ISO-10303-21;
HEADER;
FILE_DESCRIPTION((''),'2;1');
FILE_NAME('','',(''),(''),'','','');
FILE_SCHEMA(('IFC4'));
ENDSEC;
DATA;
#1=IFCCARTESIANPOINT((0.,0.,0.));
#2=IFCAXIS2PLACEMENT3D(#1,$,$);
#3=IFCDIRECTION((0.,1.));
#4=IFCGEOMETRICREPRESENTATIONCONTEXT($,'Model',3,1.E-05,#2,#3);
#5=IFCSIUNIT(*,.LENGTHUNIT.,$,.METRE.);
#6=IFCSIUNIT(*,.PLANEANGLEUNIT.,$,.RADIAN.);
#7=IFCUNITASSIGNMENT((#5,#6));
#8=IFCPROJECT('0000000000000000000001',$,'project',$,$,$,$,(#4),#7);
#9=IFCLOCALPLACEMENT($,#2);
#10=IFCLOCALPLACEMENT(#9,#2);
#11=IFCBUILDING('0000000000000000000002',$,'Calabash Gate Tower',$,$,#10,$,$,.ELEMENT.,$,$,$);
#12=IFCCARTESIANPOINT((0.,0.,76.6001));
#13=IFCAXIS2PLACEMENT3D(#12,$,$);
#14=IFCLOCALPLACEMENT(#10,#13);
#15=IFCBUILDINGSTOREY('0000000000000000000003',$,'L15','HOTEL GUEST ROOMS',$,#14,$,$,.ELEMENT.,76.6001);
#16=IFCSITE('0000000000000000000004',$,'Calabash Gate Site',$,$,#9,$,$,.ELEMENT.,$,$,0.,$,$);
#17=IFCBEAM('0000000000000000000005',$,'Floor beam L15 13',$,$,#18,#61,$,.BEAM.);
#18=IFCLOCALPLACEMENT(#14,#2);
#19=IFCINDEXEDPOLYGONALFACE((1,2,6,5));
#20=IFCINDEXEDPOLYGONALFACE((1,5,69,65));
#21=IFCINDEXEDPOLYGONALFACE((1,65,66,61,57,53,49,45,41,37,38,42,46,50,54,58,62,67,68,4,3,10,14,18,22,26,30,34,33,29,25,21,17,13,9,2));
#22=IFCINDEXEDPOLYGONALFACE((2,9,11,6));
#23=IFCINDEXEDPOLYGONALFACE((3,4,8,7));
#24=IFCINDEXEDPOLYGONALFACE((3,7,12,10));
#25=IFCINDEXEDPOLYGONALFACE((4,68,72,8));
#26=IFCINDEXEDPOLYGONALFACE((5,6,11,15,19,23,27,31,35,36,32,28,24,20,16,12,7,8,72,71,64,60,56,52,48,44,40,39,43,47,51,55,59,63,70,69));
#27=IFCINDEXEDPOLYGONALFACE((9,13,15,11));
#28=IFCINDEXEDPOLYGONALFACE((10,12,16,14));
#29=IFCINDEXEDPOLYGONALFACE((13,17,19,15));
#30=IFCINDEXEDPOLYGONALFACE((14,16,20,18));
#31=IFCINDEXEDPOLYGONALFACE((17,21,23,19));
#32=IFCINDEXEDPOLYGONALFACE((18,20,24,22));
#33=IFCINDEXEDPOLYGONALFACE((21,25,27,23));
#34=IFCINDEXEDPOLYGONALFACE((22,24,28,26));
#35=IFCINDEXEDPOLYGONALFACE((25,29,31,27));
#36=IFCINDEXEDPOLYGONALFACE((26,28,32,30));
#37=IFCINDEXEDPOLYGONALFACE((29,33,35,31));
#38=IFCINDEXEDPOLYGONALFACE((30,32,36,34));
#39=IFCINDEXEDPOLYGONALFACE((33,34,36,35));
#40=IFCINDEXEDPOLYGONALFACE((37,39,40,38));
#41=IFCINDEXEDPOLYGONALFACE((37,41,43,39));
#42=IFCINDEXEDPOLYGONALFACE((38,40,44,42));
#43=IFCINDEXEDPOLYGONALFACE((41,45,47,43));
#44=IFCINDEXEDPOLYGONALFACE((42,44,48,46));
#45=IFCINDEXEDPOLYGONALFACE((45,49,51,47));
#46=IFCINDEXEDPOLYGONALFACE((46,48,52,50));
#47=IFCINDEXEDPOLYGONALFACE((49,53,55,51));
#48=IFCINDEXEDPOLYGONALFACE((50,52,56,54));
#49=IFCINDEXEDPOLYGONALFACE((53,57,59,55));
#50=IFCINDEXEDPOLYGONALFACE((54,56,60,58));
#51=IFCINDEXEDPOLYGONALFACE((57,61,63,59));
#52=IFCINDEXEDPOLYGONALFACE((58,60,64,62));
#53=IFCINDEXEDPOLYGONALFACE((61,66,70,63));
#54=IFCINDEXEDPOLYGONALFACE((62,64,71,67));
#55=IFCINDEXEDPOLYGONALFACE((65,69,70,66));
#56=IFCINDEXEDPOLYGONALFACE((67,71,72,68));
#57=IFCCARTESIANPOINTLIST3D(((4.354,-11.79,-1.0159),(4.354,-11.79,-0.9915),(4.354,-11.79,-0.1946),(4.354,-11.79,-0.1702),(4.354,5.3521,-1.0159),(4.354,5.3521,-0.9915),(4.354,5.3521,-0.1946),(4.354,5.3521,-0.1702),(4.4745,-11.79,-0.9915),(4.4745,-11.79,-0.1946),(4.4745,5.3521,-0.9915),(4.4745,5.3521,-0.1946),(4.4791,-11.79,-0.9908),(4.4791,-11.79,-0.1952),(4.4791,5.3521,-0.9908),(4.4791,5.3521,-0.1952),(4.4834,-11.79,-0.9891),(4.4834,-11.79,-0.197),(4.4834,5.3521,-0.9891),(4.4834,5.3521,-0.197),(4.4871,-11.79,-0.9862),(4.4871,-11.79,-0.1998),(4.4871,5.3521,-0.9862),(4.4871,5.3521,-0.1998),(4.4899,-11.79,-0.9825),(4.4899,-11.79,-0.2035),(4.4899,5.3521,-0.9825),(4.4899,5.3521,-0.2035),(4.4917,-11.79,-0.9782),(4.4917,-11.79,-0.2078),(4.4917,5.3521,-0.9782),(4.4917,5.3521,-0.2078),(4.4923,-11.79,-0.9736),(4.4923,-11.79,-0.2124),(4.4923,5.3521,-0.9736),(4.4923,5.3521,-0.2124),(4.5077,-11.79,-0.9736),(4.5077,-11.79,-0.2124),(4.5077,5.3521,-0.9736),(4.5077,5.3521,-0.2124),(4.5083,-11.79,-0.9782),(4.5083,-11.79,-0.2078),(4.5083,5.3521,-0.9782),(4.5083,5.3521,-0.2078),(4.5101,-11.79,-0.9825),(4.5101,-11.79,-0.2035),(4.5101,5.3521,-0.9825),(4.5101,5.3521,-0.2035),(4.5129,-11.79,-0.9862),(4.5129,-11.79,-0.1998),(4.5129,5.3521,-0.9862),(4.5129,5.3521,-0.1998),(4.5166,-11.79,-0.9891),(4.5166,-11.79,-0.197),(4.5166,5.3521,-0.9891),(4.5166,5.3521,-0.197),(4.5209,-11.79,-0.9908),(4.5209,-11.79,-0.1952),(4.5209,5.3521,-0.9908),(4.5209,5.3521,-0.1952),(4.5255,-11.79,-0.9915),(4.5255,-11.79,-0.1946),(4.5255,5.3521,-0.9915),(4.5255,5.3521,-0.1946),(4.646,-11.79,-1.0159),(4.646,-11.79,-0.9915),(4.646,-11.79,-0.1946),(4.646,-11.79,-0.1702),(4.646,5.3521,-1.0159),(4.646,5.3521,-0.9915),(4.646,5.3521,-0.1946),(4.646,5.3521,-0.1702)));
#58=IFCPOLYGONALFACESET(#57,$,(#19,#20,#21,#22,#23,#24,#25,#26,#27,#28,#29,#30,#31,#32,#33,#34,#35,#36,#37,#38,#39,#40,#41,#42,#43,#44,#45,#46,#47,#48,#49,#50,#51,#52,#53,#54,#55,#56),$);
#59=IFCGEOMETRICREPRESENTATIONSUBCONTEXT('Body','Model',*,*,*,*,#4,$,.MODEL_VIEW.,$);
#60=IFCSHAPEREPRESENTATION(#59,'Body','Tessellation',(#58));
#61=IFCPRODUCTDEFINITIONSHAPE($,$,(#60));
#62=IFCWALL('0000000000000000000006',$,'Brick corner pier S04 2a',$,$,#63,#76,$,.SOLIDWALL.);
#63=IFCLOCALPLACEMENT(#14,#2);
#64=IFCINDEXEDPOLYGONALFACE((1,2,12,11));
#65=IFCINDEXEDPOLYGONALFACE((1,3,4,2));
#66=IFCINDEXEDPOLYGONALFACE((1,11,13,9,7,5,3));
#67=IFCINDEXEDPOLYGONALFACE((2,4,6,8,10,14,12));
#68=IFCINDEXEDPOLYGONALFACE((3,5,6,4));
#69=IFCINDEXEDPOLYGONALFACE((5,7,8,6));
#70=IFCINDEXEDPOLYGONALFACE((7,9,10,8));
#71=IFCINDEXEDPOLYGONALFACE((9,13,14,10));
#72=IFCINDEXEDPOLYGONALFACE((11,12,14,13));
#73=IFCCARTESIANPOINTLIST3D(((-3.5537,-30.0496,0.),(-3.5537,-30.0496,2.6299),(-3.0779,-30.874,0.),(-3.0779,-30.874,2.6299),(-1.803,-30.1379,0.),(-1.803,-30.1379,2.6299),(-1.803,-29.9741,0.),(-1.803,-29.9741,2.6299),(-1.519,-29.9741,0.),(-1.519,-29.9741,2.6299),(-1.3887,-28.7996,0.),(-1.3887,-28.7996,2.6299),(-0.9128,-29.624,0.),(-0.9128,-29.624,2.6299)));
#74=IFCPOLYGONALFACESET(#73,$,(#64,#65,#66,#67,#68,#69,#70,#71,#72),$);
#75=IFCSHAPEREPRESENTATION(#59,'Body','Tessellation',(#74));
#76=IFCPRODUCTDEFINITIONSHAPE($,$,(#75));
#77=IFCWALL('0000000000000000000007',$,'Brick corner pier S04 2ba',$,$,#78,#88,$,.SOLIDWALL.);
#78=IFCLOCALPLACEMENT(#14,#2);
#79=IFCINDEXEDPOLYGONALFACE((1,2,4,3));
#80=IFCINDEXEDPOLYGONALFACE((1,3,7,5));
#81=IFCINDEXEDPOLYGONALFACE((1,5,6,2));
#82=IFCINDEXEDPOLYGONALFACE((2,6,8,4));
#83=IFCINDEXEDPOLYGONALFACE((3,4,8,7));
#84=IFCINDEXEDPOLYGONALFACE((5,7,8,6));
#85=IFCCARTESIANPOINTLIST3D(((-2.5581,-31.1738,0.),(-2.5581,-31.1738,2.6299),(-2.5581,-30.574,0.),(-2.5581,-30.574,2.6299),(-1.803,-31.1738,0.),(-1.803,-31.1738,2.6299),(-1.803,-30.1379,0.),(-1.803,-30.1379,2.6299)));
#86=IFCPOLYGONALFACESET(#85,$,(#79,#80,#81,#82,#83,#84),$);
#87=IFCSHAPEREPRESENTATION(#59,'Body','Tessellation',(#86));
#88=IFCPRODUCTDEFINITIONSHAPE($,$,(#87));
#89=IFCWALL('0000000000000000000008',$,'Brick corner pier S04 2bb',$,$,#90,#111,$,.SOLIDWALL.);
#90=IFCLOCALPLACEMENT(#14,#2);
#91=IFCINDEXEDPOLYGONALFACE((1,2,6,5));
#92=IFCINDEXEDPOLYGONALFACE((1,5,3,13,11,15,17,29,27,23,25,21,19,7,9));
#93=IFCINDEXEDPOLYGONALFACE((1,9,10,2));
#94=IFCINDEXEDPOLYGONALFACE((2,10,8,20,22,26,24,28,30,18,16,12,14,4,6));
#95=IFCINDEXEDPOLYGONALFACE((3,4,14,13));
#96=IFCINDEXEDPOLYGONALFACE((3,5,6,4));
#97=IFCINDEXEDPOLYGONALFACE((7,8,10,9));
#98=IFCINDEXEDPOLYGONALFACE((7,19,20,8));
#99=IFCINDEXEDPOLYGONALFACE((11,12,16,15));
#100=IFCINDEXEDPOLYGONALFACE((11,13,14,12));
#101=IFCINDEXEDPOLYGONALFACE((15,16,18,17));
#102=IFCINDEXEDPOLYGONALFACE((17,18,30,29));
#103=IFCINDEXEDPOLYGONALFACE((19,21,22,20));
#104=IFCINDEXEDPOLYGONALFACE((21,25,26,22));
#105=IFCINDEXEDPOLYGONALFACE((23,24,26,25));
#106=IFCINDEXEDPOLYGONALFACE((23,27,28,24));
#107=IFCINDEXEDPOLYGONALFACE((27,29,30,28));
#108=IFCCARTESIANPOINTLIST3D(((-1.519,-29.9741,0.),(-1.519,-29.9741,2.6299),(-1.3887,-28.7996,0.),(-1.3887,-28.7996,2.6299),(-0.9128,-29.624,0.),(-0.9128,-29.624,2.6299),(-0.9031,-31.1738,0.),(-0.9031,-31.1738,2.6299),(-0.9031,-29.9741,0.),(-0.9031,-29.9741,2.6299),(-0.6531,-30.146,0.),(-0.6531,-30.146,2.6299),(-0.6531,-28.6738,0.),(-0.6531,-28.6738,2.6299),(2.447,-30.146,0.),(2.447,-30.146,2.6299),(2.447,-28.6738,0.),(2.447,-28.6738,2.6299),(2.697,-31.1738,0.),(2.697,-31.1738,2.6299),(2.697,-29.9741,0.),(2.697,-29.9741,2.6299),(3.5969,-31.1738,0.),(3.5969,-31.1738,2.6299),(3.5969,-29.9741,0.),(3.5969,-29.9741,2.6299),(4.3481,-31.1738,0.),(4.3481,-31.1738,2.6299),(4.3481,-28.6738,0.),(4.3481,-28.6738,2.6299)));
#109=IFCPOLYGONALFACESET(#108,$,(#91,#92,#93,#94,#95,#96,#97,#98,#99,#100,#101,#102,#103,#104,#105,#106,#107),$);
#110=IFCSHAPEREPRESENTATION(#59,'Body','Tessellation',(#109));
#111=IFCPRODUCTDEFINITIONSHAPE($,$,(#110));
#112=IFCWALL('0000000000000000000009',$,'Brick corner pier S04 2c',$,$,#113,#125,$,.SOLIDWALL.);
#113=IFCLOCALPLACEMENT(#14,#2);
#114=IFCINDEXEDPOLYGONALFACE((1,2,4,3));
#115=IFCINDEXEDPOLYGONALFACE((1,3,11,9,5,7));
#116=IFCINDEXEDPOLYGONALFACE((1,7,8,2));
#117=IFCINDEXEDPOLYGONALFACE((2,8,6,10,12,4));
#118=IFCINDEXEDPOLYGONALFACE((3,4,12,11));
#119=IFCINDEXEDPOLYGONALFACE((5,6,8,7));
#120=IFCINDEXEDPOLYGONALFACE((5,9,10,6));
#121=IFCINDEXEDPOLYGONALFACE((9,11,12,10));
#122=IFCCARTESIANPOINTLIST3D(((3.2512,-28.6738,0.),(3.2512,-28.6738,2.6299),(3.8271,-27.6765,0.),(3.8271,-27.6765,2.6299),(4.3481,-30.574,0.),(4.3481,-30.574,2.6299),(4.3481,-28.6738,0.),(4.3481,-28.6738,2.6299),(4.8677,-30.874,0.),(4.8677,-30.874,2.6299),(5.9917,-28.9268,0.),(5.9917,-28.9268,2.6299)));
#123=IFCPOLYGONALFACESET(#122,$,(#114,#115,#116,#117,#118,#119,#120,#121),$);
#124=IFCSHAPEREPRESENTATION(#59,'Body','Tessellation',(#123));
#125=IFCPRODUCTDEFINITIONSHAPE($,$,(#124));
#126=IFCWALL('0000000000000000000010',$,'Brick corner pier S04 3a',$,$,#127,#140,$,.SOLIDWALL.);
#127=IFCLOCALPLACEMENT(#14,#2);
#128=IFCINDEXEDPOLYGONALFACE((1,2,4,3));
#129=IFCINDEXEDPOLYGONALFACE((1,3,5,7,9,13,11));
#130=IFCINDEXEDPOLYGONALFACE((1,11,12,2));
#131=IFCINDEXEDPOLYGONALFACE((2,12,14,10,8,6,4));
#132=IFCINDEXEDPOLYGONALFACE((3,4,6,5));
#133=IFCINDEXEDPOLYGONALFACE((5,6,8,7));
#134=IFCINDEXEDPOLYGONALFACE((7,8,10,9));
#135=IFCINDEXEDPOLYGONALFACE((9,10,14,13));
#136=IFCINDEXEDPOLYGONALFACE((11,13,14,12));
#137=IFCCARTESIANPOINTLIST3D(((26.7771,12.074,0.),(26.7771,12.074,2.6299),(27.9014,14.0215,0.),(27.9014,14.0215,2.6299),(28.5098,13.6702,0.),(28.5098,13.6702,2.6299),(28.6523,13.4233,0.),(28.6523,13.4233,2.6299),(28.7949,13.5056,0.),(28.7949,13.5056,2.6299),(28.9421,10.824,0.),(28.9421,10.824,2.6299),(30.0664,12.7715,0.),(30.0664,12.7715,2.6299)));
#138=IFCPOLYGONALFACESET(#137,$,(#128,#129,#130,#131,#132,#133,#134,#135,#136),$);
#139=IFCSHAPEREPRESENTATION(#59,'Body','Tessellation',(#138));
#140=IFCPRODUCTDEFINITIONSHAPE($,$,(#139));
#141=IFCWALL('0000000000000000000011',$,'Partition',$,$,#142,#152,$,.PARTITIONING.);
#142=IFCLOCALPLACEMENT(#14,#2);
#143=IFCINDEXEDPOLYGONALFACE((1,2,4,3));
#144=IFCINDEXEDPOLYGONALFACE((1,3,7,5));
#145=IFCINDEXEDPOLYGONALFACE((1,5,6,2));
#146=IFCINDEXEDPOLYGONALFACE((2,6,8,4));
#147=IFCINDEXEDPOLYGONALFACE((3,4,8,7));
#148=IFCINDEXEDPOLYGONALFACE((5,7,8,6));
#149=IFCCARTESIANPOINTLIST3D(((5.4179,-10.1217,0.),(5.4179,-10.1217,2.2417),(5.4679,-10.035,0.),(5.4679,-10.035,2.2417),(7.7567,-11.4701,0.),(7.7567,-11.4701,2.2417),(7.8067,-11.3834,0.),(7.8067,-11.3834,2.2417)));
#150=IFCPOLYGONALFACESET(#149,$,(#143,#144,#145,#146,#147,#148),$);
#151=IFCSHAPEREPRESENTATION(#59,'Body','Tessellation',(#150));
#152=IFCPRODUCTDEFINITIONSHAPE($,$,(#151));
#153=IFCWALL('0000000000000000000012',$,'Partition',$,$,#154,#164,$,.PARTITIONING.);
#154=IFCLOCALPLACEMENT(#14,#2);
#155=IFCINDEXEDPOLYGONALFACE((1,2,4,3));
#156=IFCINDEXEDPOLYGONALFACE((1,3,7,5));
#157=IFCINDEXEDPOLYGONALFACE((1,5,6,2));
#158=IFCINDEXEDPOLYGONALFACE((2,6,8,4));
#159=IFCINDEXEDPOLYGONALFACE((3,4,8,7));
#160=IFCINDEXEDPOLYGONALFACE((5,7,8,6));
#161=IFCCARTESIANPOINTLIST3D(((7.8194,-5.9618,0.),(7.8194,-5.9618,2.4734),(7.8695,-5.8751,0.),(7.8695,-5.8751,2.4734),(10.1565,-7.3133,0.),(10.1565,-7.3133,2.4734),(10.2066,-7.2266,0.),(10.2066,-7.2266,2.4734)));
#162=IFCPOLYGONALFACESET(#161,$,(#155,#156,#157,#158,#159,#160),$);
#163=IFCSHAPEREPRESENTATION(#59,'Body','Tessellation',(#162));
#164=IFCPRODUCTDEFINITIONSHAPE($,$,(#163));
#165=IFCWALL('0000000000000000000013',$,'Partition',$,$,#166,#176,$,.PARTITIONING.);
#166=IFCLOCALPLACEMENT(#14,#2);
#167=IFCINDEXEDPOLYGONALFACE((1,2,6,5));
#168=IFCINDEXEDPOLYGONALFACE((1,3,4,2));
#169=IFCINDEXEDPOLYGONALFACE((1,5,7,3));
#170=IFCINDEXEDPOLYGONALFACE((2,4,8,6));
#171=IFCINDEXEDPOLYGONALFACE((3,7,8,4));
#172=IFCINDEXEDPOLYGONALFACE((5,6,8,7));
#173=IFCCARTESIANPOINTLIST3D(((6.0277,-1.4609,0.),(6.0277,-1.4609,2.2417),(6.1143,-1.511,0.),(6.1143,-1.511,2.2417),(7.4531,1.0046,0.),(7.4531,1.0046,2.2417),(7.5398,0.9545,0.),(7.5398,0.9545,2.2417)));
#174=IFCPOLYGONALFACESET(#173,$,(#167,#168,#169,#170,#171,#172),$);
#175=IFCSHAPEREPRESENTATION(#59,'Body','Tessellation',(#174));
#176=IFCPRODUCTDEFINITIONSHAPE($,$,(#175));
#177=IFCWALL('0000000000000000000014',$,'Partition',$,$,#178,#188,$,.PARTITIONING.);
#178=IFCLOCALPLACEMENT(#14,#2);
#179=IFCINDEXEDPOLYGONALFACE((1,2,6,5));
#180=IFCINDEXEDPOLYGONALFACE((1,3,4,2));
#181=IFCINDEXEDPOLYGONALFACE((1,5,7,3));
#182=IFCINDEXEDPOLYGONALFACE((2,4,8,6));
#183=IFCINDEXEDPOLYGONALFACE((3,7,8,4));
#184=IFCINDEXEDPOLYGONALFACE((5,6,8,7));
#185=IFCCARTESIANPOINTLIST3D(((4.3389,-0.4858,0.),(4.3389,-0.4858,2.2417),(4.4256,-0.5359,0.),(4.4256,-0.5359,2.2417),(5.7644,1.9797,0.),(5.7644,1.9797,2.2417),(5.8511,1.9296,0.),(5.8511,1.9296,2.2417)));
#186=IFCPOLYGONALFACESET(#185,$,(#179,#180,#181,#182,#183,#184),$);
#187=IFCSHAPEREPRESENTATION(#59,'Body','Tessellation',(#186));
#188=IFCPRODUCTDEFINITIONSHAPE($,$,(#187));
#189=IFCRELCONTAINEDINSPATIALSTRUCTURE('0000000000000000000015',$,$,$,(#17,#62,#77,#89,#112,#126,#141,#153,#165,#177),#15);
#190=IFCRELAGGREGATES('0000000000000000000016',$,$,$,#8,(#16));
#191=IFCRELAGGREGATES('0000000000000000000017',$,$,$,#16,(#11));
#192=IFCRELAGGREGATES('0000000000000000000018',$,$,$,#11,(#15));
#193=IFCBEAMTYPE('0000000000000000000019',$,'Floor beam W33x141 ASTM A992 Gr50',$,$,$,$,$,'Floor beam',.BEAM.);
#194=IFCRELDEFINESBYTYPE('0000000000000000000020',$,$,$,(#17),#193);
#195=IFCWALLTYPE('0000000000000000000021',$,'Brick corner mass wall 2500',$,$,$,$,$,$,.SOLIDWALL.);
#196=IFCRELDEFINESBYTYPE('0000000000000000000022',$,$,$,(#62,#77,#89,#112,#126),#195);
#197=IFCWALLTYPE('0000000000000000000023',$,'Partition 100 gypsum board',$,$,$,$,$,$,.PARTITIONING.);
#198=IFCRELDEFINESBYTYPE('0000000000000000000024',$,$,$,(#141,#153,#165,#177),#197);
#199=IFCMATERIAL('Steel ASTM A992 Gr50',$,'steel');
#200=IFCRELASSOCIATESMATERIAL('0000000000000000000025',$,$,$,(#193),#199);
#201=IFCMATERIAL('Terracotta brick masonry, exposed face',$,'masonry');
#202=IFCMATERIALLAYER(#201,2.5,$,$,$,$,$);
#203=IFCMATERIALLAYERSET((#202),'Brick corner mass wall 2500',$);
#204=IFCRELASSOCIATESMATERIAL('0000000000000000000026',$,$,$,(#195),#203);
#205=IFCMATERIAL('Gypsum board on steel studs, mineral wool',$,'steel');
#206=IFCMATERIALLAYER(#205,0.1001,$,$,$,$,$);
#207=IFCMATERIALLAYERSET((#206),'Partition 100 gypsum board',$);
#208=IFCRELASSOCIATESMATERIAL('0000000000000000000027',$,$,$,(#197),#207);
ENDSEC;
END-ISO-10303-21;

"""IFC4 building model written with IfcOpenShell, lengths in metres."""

from ifc_helpers import new_model, si_unit, direction, frame, frame_2d, origin, origin_2d, place, context, subcontext, project, spatial, polyline, rectangle, i_section, outline, extrude, material, layer, layer_set, material_profile, profile_set, type_object, element, save


model = new_model("IFC4")

# Units and contexts
model_context = context("Model", 3, precision=1e-05, world=origin(), true_north=direction((0.0, 1.0)))
body_context = subcontext(model_context, "Body", "Model", "MODEL_VIEW")
ifc_project = project(units=[si_unit("LENGTHUNIT", "METRE"), si_unit("PLANEANGLEUNIT", "RADIAN")], contexts=[model_context])

# Site, building, storey
site_placement = place(None, origin())
site = spatial("IfcSite", under=ifc_project, at=site_placement, Name="Calabash Gate Site", CompositionType="ELEMENT", RefElevation=0.0)
building_placement = place(site_placement, origin())
building = spatial("IfcBuilding", under=site, at=building_placement, Name="Calabash Gate Tower", CompositionType="ELEMENT")
storey_placement = place(building_placement, frame((0.0, 0.0, 76.6001)))
storey = spatial("IfcBuildingStorey", under=building, at=storey_placement, Name="L15", Description="HOTEL GUEST ROOMS", CompositionType="ELEMENT", Elevation=76.6001)

# Beam
ifc_material_1 = material(Name="Steel ASTM A992 Gr50", Category="steel")
ifc_material_profile = material_profile(ifc_material_1, i_section(OverallWidth=0.292, OverallDepth=0.8457, WebThickness=0.0154, FlangeThickness=0.0244, FilletRadius=0.0178, at=origin_2d()))
ifc_profile_set = profile_set([ifc_material_profile], Name="Steel ASTM A992 Gr50")
beam_type = type_object("IfcBeamType", Name="Floor beam W33x141 ASTM A992 Gr50", ElementType="Floor beam", PredefinedType="BEAM", material=ifc_profile_set)
beam_placement = place(storey_placement, frame((4.5, -11.79, -0.593), z_axis=(0.0, 1.0, 0.0), x_axis=(-1.0, 0.0, 0.0)))
element("IfcBeam", 1, at=beam_placement, inside=storey, type_object=beam_type, Name="Floor beam L15 13", PredefinedType="BEAM", context=body_context, shape_type="SweptSolid", body=[
    extrude(i_section(OverallWidth=0.292, OverallDepth=0.8457, WebThickness=0.0154, FlangeThickness=0.0244, FilletRadius=0.0178, at=origin_2d()), origin(), (0.0, 0.0, 1.0), 17.1421),
])

# Walls
ifc_material_2 = material(Name="Terracotta brick masonry, exposed face", Category="masonry")
ifc_layer_1 = layer(ifc_material_2, 2.5)
ifc_layer_set_1 = layer_set([ifc_layer_1], Name="Brick corner mass wall 2500")
wall_type_1 = type_object("IfcWallType", Name="Brick corner mass wall 2500", PredefinedType="SOLIDWALL", material=ifc_layer_set_1)
wall_1_placement = place(storey_placement, origin())
element("IfcWall", 2, at=wall_1_placement, inside=storey, type_object=wall_type_1, Name="Brick corner pier S04 2a", PredefinedType="SOLIDWALL", context=body_context, shape_type="SweptSolid", body=[
    extrude(outline(polyline([(-0.9128, -29.624), (-1.3887, -28.7996), (-3.5537, -30.0496), (-3.0779, -30.874), (-1.803, -30.1379), (-1.803, -29.9741), (-1.519, -29.9741), (-0.9128, -29.624)])), origin(), (0.0, 0.0, 1.0), 2.6299),
])
wall_2_placement = place(storey_placement, origin())
element("IfcWall", 3, at=wall_2_placement, inside=storey, type_object=wall_type_1, Name="Brick corner pier S04 2ba", PredefinedType="SOLIDWALL", context=body_context, shape_type="SweptSolid", body=[
    extrude(outline(polyline([(-2.5581, -30.574), (-2.5581, -31.1738), (-1.803, -31.1738), (-1.803, -30.1379), (-2.5581, -30.574)])), origin(), (0.0, 0.0, 1.0), 2.6299),
])
wall_3_placement = place(storey_placement, origin())
element("IfcWall", 4, at=wall_3_placement, inside=storey, type_object=wall_type_1, Name="Brick corner pier S04 2bb", PredefinedType="SOLIDWALL", context=body_context, shape_type="SweptSolid", body=[
    extrude(outline(polyline([(-0.6531, -30.146), (-0.6531, -28.6738), (-1.3887, -28.7996), (-0.9128, -29.624), (-1.519, -29.9741), (-0.9031, -29.9741), (-0.9031, -31.1738), (2.697, -31.1738), (2.697, -29.9741), (3.5969, -29.9741), (3.5969, -31.1738), (4.3481, -31.1738), (4.3481, -28.6738), (2.447, -28.6738), (2.447, -30.146), (-0.6531, -30.146)])), origin(), (0.0, 0.0, 1.0), 2.6299),
])
wall_4_placement = place(storey_placement, origin())
element("IfcWall", 5, at=wall_4_placement, inside=storey, type_object=wall_type_1, Name="Brick corner pier S04 2c", PredefinedType="SOLIDWALL", context=body_context, shape_type="SweptSolid", body=[
    extrude(outline(polyline([(5.9917, -28.9268), (3.8271, -27.6765), (3.2512, -28.6738), (4.3481, -28.6738), (4.3481, -30.574), (4.8677, -30.874), (5.9917, -28.9268)])), origin(), (0.0, 0.0, 1.0), 2.6299),
])
wall_5_placement = place(storey_placement, origin())
element("IfcWall", 6, at=wall_5_placement, inside=storey, type_object=wall_type_1, Name="Brick corner pier S04 3a", PredefinedType="SOLIDWALL", context=body_context, shape_type="SweptSolid", body=[
    extrude(outline(polyline([(30.0664, 12.7715), (28.7949, 13.5056), (28.6523, 13.4233), (28.5098, 13.6702), (27.9014, 14.0215), (26.7771, 12.074), (28.9421, 10.824), (30.0664, 12.7715)])), origin(), (0.0, 0.0, 1.0), 2.6299),
])
ifc_material_3 = material(Name="Gypsum board on steel studs, mineral wool", Category="steel")
ifc_layer_2 = layer(ifc_material_3, 0.1001)
ifc_layer_set_2 = layer_set([ifc_layer_2], Name="Partition 100 gypsum board")
wall_type_2 = type_object("IfcWallType", Name="Partition 100 gypsum board", PredefinedType="PARTITIONING", material=ifc_layer_set_2)
wall_6_placement = place(storey_placement, frame((5.4429, -10.0784, 0.0), z_axis=(0.0, 0.0, 1.0), x_axis=(0.866339, -0.499456, 0.0)))
element("IfcWall", 7, at=wall_6_placement, inside=storey, type_object=wall_type_2, Name="Partition", PredefinedType="PARTITIONING", context=body_context, shape_type="SweptSolid", body=[
    extrude(rectangle(XDim=2.6997, YDim=0.1001, at=frame_2d((1.3499, 0.0))), origin(), (0.0, 0.0, 1.0), 2.2417),
])
wall_7_placement = place(storey_placement, frame((7.8445, -5.9185, 0.0), z_axis=(0.0, 0.0, 1.0), x_axis=(0.865672, -0.500612, 0.0)))
element("IfcWall", 8, at=wall_7_placement, inside=storey, type_object=wall_type_2, Name="Partition", PredefinedType="PARTITIONING", context=body_context, shape_type="SweptSolid", body=[
    extrude(rectangle(XDim=2.6997, YDim=0.1001, at=frame_2d((1.3499, 0.0))), origin(), (0.0, 0.0, 1.0), 2.4734),
])
for number, where, z_axis, x_axis, name in (
    (9, (6.071, -1.4858, 0.0), (0.0, 0.0, 1.0), (0.500536, 0.865716, 0.0), "Partition"),
    (10, (4.3823, -0.5107, 0.0), (0.0, 0.0, 1.0), (0.500536, 0.865716, 0.0), "Partition"),
):
    element("IfcWall", number, at=place(storey_placement, frame(where, z_axis=z_axis, x_axis=x_axis)), inside=storey, type_object=wall_type_2, Name=name, PredefinedType="PARTITIONING", context=body_context, shape_type="SweptSolid", body=[
        extrude(rectangle(XDim=2.8479, YDim=0.1001, at=frame_2d((1.4238, 0.0))), origin(), (0.0, 0.0, 1.0), 2.2417),
    ])

save(model, "model.ifc")
